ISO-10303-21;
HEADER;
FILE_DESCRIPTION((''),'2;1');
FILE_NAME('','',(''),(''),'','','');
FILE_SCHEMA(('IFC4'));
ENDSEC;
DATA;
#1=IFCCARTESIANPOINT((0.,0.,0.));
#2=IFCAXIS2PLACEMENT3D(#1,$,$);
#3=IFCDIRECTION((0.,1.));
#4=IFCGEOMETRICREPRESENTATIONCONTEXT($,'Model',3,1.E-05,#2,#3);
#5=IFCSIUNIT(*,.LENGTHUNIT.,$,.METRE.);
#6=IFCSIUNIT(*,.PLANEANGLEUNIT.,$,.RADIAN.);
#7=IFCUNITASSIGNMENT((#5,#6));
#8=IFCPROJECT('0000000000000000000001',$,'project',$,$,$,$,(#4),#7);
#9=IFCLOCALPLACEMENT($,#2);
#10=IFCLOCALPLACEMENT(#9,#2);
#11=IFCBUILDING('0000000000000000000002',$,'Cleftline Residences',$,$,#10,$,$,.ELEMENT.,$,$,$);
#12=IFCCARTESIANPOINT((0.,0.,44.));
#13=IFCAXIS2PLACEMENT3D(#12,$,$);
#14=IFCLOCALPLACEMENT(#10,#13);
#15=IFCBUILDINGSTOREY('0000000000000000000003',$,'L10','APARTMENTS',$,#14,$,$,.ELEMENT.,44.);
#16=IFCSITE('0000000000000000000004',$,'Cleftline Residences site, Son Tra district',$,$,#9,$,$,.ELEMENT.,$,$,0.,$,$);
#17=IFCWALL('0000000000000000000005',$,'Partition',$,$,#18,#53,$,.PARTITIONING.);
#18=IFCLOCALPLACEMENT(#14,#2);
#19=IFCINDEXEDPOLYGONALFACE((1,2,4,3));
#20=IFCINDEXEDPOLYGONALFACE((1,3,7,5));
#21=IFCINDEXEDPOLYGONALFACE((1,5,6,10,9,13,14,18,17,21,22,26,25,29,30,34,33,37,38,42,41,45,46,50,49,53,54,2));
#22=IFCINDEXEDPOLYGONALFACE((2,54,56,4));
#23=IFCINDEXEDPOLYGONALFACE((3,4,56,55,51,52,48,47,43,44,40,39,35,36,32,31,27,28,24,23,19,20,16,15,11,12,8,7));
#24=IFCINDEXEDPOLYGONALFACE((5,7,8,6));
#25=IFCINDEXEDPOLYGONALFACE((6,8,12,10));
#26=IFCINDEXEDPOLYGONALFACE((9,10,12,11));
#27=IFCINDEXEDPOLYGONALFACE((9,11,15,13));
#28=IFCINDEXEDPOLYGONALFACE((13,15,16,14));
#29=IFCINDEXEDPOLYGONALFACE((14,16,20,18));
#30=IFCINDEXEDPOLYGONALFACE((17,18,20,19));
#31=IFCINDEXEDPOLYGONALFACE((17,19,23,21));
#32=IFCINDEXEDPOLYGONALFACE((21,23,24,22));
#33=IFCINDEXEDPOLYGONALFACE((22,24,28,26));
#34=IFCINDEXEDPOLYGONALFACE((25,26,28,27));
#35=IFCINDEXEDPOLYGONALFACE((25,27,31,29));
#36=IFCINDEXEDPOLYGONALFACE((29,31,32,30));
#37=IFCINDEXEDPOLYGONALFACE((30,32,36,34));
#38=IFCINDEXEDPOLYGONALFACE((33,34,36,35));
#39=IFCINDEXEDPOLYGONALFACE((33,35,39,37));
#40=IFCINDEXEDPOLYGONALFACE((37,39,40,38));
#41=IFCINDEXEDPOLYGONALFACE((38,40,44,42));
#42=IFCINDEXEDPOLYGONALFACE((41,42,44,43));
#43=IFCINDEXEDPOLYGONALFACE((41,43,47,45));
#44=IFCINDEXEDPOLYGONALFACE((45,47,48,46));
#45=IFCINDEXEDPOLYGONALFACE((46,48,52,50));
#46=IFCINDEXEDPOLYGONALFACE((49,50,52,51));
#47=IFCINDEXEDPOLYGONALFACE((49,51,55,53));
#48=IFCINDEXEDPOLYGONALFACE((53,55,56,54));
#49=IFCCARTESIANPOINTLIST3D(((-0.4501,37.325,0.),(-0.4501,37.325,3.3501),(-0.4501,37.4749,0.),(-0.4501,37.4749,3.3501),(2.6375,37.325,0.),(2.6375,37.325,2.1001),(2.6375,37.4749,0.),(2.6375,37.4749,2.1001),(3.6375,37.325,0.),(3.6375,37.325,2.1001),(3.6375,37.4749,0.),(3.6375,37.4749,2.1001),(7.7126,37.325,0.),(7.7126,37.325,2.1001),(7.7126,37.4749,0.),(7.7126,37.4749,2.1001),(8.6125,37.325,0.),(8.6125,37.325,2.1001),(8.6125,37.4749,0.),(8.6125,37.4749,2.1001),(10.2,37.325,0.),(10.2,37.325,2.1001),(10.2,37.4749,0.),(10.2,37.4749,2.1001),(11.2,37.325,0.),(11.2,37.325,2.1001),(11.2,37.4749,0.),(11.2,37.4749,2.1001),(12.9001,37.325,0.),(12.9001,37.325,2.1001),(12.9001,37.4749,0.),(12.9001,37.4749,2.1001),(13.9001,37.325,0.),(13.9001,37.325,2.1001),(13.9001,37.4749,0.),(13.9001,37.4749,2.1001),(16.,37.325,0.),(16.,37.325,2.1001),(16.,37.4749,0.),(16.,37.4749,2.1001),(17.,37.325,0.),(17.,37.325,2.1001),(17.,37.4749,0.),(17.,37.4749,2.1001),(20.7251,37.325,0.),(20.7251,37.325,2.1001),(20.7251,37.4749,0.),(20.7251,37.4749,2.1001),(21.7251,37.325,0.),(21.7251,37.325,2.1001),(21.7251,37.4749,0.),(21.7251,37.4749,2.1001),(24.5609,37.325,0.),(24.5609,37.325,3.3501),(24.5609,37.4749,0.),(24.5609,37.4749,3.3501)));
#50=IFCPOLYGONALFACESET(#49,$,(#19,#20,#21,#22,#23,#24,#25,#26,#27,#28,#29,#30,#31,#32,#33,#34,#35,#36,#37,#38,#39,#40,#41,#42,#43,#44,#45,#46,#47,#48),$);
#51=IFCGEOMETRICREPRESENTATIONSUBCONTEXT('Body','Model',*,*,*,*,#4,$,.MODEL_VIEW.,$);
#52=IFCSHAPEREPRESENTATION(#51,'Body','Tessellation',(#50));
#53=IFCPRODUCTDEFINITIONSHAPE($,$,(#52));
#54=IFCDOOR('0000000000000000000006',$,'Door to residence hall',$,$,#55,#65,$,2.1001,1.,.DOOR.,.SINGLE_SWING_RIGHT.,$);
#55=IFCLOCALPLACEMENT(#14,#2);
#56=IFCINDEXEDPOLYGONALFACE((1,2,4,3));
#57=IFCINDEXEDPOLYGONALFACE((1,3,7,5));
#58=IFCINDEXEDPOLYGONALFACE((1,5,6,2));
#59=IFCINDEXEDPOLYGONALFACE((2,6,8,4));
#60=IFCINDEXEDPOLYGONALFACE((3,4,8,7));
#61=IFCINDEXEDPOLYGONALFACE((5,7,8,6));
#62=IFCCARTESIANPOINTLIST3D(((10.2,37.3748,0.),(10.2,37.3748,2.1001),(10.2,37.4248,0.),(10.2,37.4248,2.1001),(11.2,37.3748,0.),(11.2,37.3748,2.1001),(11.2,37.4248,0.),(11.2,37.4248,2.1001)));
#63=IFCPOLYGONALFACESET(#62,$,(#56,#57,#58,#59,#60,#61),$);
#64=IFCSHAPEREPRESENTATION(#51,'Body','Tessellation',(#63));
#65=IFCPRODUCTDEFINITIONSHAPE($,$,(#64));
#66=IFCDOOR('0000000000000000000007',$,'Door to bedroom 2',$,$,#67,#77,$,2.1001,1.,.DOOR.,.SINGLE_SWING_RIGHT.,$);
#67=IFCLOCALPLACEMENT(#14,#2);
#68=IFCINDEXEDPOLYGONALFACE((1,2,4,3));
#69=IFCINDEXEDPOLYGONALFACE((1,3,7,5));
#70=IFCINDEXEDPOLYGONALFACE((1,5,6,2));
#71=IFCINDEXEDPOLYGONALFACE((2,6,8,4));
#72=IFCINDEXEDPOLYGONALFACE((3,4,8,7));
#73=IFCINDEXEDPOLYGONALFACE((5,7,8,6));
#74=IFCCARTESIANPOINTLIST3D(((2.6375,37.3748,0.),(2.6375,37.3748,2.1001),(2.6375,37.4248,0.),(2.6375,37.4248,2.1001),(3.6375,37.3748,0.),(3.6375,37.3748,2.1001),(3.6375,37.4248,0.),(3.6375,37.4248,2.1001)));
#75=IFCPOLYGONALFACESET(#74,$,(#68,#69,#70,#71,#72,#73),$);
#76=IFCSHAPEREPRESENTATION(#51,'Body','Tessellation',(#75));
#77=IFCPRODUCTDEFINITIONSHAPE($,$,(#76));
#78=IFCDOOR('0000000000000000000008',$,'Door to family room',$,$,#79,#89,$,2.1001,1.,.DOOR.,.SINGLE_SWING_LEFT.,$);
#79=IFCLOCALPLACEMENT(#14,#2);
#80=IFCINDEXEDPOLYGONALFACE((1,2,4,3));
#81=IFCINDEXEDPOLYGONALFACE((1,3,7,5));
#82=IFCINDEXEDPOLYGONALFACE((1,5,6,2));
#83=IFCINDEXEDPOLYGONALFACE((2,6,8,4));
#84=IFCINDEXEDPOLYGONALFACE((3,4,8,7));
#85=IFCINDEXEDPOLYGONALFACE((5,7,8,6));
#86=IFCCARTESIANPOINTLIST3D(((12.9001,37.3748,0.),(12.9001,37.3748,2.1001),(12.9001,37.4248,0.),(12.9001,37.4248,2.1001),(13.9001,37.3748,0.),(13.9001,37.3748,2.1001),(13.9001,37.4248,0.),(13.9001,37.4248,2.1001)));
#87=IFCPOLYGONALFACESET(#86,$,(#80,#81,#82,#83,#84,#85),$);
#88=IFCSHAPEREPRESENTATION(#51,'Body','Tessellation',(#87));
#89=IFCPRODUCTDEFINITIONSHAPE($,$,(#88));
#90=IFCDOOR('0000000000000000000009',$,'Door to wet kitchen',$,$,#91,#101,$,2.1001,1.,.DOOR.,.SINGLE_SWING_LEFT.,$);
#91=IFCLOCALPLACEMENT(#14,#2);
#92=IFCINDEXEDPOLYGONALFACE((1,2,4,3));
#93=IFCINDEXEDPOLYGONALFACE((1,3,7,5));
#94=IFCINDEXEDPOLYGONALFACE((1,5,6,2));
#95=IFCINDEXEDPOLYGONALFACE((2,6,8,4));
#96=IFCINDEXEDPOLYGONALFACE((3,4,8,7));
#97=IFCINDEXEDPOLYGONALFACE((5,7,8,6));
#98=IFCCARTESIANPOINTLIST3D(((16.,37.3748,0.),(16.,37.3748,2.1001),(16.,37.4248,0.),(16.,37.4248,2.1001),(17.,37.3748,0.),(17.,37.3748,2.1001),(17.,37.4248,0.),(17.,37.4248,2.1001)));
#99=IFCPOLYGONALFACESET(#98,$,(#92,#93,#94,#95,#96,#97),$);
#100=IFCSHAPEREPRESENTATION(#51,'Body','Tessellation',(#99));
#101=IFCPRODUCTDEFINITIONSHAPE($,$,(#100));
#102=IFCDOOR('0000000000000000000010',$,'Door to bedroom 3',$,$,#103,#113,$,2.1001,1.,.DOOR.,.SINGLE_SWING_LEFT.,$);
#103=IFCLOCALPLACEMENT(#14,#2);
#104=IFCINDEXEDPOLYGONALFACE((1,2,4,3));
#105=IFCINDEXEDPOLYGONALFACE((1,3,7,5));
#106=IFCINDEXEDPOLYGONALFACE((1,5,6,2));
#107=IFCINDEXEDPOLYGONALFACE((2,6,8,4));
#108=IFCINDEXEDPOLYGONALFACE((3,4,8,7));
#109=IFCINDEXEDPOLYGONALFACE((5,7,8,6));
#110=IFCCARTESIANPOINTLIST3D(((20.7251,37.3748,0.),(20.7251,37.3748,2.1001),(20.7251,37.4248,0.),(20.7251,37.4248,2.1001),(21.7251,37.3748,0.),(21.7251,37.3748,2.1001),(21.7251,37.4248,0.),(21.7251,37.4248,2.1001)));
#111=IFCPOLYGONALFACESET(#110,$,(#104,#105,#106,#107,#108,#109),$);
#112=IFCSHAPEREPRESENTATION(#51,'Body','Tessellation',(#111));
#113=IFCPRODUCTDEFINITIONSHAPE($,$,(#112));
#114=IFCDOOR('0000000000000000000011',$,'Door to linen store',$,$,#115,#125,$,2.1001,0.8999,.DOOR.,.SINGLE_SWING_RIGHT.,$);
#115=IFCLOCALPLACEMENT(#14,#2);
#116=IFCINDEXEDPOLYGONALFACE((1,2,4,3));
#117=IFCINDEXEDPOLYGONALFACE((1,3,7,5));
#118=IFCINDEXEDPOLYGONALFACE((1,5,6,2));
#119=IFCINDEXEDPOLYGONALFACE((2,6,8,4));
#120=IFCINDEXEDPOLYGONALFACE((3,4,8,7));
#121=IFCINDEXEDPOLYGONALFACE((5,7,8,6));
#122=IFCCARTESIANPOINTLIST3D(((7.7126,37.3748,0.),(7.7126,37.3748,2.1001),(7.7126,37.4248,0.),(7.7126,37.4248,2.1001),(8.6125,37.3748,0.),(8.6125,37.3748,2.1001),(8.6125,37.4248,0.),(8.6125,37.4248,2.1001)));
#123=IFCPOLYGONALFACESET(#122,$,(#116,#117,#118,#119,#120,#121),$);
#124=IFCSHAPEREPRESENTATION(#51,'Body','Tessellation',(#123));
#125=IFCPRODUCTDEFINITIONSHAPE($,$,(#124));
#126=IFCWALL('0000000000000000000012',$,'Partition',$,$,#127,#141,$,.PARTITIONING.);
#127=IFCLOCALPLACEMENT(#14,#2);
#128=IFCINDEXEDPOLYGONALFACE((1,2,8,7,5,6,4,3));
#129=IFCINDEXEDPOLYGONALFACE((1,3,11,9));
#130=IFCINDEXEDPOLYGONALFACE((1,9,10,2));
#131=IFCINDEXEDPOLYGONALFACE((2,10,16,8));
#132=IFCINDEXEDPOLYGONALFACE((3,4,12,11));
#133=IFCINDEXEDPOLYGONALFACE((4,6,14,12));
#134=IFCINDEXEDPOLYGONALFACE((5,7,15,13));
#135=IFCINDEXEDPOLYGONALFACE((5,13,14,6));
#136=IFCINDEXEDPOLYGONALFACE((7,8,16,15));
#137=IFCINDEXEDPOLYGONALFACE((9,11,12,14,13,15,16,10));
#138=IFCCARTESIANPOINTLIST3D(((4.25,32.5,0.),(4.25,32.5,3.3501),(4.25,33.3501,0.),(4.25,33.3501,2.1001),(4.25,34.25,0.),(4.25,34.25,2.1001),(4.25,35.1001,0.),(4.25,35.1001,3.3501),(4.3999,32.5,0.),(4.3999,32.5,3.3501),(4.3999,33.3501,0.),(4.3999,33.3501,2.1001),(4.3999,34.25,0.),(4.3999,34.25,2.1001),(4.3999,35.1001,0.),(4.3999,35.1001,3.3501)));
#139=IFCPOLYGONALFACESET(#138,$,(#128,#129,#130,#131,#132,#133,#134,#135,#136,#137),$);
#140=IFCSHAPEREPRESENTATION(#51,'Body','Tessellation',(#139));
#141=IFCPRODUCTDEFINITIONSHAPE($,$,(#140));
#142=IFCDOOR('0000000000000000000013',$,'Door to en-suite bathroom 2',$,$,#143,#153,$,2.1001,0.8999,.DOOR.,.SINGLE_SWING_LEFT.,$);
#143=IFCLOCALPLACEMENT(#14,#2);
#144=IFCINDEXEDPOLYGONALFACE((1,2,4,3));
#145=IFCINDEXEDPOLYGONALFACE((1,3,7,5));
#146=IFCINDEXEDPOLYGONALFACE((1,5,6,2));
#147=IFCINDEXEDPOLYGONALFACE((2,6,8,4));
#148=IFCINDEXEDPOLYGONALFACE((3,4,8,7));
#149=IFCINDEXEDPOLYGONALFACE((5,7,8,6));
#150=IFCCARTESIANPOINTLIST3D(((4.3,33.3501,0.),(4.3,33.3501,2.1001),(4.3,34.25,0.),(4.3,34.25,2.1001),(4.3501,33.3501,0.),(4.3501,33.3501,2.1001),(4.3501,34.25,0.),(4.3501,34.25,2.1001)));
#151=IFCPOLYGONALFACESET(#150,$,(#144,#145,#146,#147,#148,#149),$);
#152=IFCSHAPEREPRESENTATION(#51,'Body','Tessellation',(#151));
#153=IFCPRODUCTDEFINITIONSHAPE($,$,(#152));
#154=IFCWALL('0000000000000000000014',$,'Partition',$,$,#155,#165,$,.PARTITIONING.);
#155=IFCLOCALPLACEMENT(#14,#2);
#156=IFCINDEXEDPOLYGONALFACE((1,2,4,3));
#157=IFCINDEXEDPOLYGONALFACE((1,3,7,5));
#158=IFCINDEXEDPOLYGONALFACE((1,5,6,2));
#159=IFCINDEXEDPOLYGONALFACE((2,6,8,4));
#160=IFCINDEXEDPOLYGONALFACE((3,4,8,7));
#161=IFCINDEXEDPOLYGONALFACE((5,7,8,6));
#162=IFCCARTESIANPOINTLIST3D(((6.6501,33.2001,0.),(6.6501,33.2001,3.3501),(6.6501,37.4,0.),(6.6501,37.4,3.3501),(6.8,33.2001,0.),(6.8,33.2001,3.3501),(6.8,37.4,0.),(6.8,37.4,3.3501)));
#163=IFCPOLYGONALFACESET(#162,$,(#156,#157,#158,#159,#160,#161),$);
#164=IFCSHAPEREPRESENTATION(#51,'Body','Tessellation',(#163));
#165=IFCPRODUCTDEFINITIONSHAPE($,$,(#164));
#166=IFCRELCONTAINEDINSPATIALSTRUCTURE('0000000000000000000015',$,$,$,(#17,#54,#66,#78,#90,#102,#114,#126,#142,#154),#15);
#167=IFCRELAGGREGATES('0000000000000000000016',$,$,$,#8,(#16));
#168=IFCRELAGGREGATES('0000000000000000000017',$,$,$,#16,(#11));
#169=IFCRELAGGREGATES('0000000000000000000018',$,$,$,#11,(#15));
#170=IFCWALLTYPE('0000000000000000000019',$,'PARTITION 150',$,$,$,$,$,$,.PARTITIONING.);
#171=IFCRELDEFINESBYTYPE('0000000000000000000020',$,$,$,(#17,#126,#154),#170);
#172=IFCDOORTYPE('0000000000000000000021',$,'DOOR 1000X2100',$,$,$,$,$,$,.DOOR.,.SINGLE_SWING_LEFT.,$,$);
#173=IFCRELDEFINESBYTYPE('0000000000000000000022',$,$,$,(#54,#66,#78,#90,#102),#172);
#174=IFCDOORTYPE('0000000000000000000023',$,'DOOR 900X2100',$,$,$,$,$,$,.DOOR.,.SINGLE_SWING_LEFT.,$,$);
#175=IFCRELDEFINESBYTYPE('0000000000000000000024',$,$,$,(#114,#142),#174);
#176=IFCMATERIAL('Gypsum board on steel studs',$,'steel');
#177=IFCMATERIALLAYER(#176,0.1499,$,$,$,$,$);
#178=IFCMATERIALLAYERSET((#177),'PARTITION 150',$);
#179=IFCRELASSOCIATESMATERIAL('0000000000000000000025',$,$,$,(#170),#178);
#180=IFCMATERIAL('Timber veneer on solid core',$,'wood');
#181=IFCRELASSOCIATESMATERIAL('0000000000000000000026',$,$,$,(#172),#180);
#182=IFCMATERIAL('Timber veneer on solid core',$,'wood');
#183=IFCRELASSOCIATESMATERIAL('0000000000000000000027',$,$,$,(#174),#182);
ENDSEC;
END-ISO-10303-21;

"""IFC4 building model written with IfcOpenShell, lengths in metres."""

from ifc_helpers import new_model, si_unit, direction, frame, frame_2d, origin, place, context, subcontext, project, spatial, rectangle, extrude, material, layer, layer_set, type_object, element, fill, save


model = new_model("IFC4")

# Units and contexts
model_context = context("Model", 3, precision=1e-05, world=origin(), true_north=direction((0.0, 1.0)))
body_context = subcontext(model_context, "Body", "Model", "MODEL_VIEW")
ifc_project = project(units=[si_unit("LENGTHUNIT", "METRE"), si_unit("PLANEANGLEUNIT", "RADIAN")], contexts=[model_context])

# Site, building, storey
site_placement = place(None, origin())
site = spatial("IfcSite", under=ifc_project, at=site_placement, Name="Cleftline Residences site, Son Tra district", CompositionType="ELEMENT", RefElevation=0.0)
building_placement = place(site_placement, origin())
building = spatial("IfcBuilding", under=site, at=building_placement, Name="Cleftline Residences", CompositionType="ELEMENT")
storey_placement = place(building_placement, frame((0.0, 0.0, 44.0)))
storey = spatial("IfcBuildingStorey", under=building, at=storey_placement, Name="L10", Description="APARTMENTS", CompositionType="ELEMENT", Elevation=44.0)

# Shared definitions
ifc_material_1 = material(Name="Gypsum board on steel studs", Category="steel")
ifc_layer = layer(ifc_material_1, 0.1499)
ifc_layer_set = layer_set([ifc_layer], Name="PARTITION 150")
wall_type = type_object("IfcWallType", Name="PARTITION 150", PredefinedType="PARTITIONING", material=ifc_layer_set)

# Wall, openings, doors
wall_1_placement = place(storey_placement, frame((-0.45, 37.3999, 0.0), z_axis=(0.0, 0.0, 1.0), x_axis=(1.0, 0.0, 0.0)))
wall_1 = element("IfcWall", 1, at=wall_1_placement, inside=storey, type_object=wall_type, Name="Partition", PredefinedType="PARTITIONING", context=body_context, shape_type="SweptSolid", body=[
    extrude(rectangle(XDim=25.011, YDim=0.1499, at=frame_2d((12.5054, 0.0))), origin(), (0.0, 0.0, 1.0), 3.3501),
])
opening_1_placement = place(wall_1_placement, frame((10.6499, 0.0, 0.0)))
opening_1 = element("IfcOpeningElement", 2, at=opening_1_placement, cuts=wall_1, PredefinedType="OPENING", context=body_context, shape_type="SweptSolid", body=[
    extrude(rectangle(XDim=1.0, YDim=2.1001, at=frame_2d((0.5, 1.05))), frame((0.0, 0.085, 0.0), z_axis=(0.0, -1.0, 0.0), x_axis=(1.0, 0.0, 0.0)), (0.0, 0.0, 1.0), 0.1699),
])
opening_2_placement = place(wall_1_placement, frame((3.0874, 0.0, 0.0)))
opening_2 = element("IfcOpeningElement", 3, at=opening_2_placement, cuts=wall_1, PredefinedType="OPENING", context=body_context, shape_type="SweptSolid", body=[
    extrude(rectangle(XDim=1.0, YDim=2.1001, at=frame_2d((0.5, 1.05))), frame((0.0, 0.085, 0.0), z_axis=(0.0, -1.0, 0.0), x_axis=(1.0, 0.0, 0.0)), (0.0, 0.0, 1.0), 0.1699),
])
opening_3_placement = place(wall_1_placement, frame((8.1626, 0.0, 0.0)))
opening_3 = element("IfcOpeningElement", 4, at=opening_3_placement, cuts=wall_1, PredefinedType="OPENING", context=body_context, shape_type="SweptSolid", body=[
    extrude(rectangle(XDim=0.8999, YDim=2.1001, at=frame_2d((0.45, 1.05))), frame((0.0, 0.085, 0.0), z_axis=(0.0, -1.0, 0.0), x_axis=(1.0, 0.0, 0.0)), (0.0, 0.0, 1.0), 0.1699),
])
opening_4_placement = place(wall_1_placement, frame((13.3501, 0.0, 0.0)))
opening_4 = element("IfcOpeningElement", 5, at=opening_4_placement, cuts=wall_1, PredefinedType="OPENING", context=body_context, shape_type="SweptSolid", body=[
    extrude(rectangle(XDim=1.0, YDim=2.1001, at=frame_2d((0.5, 1.05))), frame((0.0, 0.085, 0.0), z_axis=(0.0, -1.0, 0.0), x_axis=(1.0, 0.0, 0.0)), (0.0, 0.0, 1.0), 0.1699),
])
opening_5_placement = place(wall_1_placement, frame((16.45, 0.0, 0.0)))
opening_5 = element("IfcOpeningElement", 6, at=opening_5_placement, cuts=wall_1, PredefinedType="OPENING", context=body_context, shape_type="SweptSolid", body=[
    extrude(rectangle(XDim=1.0, YDim=2.1001, at=frame_2d((0.5, 1.05))), frame((0.0, 0.085, 0.0), z_axis=(0.0, -1.0, 0.0), x_axis=(1.0, 0.0, 0.0)), (0.0, 0.0, 1.0), 0.1699),
])
opening_6_placement = place(wall_1_placement, frame((21.175, 0.0, 0.0)))
opening_6 = element("IfcOpeningElement", 7, at=opening_6_placement, cuts=wall_1, PredefinedType="OPENING", context=body_context, shape_type="SweptSolid", body=[
    extrude(rectangle(XDim=1.0, YDim=2.1001, at=frame_2d((0.5, 1.05))), frame((0.0, 0.085, 0.0), z_axis=(0.0, -1.0, 0.0), x_axis=(1.0, 0.0, 0.0)), (0.0, 0.0, 1.0), 0.1699),
])
ifc_material_2 = material(Name="Timber veneer on solid core", Category="wood")
door_type_1 = type_object("IfcDoorType", Name="DOOR 1000X2100", OperationType="SINGLE_SWING_LEFT", PredefinedType="DOOR", material=ifc_material_2)
door_1_placement = place(opening_1_placement, origin())
door_1 = element("IfcDoor", 8, at=door_1_placement, inside=storey, type_object=door_type_1, Name="Door to residence hall", OperationType="SINGLE_SWING_RIGHT", OverallHeight=2.1001, OverallWidth=1.0, PredefinedType="DOOR", context=body_context, shape_type="SweptSolid", body=[
    extrude(rectangle(XDim=1.0, YDim=2.1001, at=frame_2d((0.5, 1.05))), frame((0.0, 0.0249, 0.0), z_axis=(0.0, -1.0, 0.0), x_axis=(1.0, 0.0, 0.0)), (0.0, 0.0, 1.0), 0.05),
])
fill(opening_1, door_1)
door_2_placement = place(opening_2_placement, origin())
door_2 = element("IfcDoor", 9, at=door_2_placement, inside=storey, type_object=door_type_1, Name="Door to bedroom 2", OperationType="SINGLE_SWING_RIGHT", OverallHeight=2.1001, OverallWidth=1.0, PredefinedType="DOOR", context=body_context, shape_type="SweptSolid", body=[
    extrude(rectangle(XDim=1.0, YDim=2.1001, at=frame_2d((0.5, 1.05))), frame((0.0, 0.0249, 0.0), z_axis=(0.0, -1.0, 0.0), x_axis=(1.0, 0.0, 0.0)), (0.0, 0.0, 1.0), 0.05),
])
fill(opening_2, door_2)
door_3_placement = place(opening_4_placement, origin())
door_3 = element("IfcDoor", 10, at=door_3_placement, inside=storey, type_object=door_type_1, Name="Door to family room", OperationType="SINGLE_SWING_LEFT", OverallHeight=2.1001, OverallWidth=1.0, PredefinedType="DOOR", context=body_context, shape_type="SweptSolid", body=[
    extrude(rectangle(XDim=1.0, YDim=2.1001, at=frame_2d((0.5, 1.05))), frame((0.0, 0.0249, 0.0), z_axis=(0.0, -1.0, 0.0), x_axis=(1.0, 0.0, 0.0)), (0.0, 0.0, 1.0), 0.05),
])
fill(opening_4, door_3)
door_4_placement = place(opening_5_placement, origin())
door_4 = element("IfcDoor", 11, at=door_4_placement, inside=storey, type_object=door_type_1, Name="Door to wet kitchen", OperationType="SINGLE_SWING_LEFT", OverallHeight=2.1001, OverallWidth=1.0, PredefinedType="DOOR", context=body_context, shape_type="SweptSolid", body=[
    extrude(rectangle(XDim=1.0, YDim=2.1001, at=frame_2d((0.5, 1.05))), frame((0.0, 0.0249, 0.0), z_axis=(0.0, -1.0, 0.0), x_axis=(1.0, 0.0, 0.0)), (0.0, 0.0, 1.0), 0.05),
])
fill(opening_5, door_4)
door_5_placement = place(opening_6_placement, origin())
door_5 = element("IfcDoor", 12, at=door_5_placement, inside=storey, type_object=door_type_1, Name="Door to bedroom 3", OperationType="SINGLE_SWING_LEFT", OverallHeight=2.1001, OverallWidth=1.0, PredefinedType="DOOR", context=body_context, shape_type="SweptSolid", body=[
    extrude(rectangle(XDim=1.0, YDim=2.1001, at=frame_2d((0.5, 1.05))), frame((0.0, 0.0249, 0.0), z_axis=(0.0, -1.0, 0.0), x_axis=(1.0, 0.0, 0.0)), (0.0, 0.0, 1.0), 0.05),
])
fill(opening_6, door_5)
ifc_material_3 = material(Name="Timber veneer on solid core", Category="wood")
door_type_2 = type_object("IfcDoorType", Name="DOOR 900X2100", OperationType="SINGLE_SWING_LEFT", PredefinedType="DOOR", material=ifc_material_3)
door_6_placement = place(opening_3_placement, origin())
door_6 = element("IfcDoor", 13, at=door_6_placement, inside=storey, type_object=door_type_2, Name="Door to linen store", OperationType="SINGLE_SWING_RIGHT", OverallHeight=2.1001, OverallWidth=0.8999, PredefinedType="DOOR", context=body_context, shape_type="SweptSolid", body=[
    extrude(rectangle(XDim=0.8999, YDim=2.1001, at=frame_2d((0.45, 1.05))), frame((0.0, 0.0249, 0.0), z_axis=(0.0, -1.0, 0.0), x_axis=(1.0, 0.0, 0.0)), (0.0, 0.0, 1.0), 0.05),
])
fill(opening_3, door_6)

# Wall, opening, door
wall_2_placement = place(storey_placement, frame((4.325, 32.5, 0.0), z_axis=(0.0, 0.0, 1.0), x_axis=(0.0, 1.0, 0.0)))
wall_2 = element("IfcWall", 14, at=wall_2_placement, inside=storey, type_object=wall_type, Name="Partition", PredefinedType="PARTITIONING", context=body_context, shape_type="SweptSolid", body=[
    extrude(rectangle(XDim=2.6001, YDim=0.1499, at=frame_2d((1.3, 0.0))), origin(), (0.0, 0.0, 1.0), 3.3501),
])
opening_7_placement = place(wall_2_placement, frame((0.8501, 0.0, 0.0)))
opening_7 = element("IfcOpeningElement", 15, at=opening_7_placement, cuts=wall_2, PredefinedType="OPENING", context=body_context, shape_type="SweptSolid", body=[
    extrude(rectangle(XDim=0.8999, YDim=2.1001, at=frame_2d((0.45, 1.05))), frame((0.0, 0.085, 0.0), z_axis=(0.0, -1.0, 0.0), x_axis=(1.0, 0.0, 0.0)), (0.0, 0.0, 1.0), 0.1699),
])
door_7_placement = place(opening_7_placement, origin())
door_7 = element("IfcDoor", 16, at=door_7_placement, inside=storey, type_object=door_type_2, Name="Door to en-suite bathroom 2", OperationType="SINGLE_SWING_LEFT", OverallHeight=2.1001, OverallWidth=0.8999, PredefinedType="DOOR", context=body_context, shape_type="SweptSolid", body=[
    extrude(rectangle(XDim=0.8999, YDim=2.1001, at=frame_2d((0.45, 1.05))), frame((0.0, 0.0249, 0.0), z_axis=(0.0, -1.0, 0.0), x_axis=(1.0, 0.0, 0.0)), (0.0, 0.0, 1.0), 0.05),
])
fill(opening_7, door_7)

# Wall
wall_3_placement = place(storey_placement, frame((6.7251, 33.2, 0.0), z_axis=(0.0, 0.0, 1.0), x_axis=(0.0, 1.0, 0.0)))
element("IfcWall", 17, at=wall_3_placement, inside=storey, type_object=wall_type, Name="Partition", PredefinedType="PARTITIONING", context=body_context, shape_type="SweptSolid", body=[
    extrude(rectangle(XDim=4.2, YDim=0.1499, at=frame_2d((2.1001, 0.0))), origin(), (0.0, 0.0, 1.0), 3.3501),
])

save(model, "model.ifc")
